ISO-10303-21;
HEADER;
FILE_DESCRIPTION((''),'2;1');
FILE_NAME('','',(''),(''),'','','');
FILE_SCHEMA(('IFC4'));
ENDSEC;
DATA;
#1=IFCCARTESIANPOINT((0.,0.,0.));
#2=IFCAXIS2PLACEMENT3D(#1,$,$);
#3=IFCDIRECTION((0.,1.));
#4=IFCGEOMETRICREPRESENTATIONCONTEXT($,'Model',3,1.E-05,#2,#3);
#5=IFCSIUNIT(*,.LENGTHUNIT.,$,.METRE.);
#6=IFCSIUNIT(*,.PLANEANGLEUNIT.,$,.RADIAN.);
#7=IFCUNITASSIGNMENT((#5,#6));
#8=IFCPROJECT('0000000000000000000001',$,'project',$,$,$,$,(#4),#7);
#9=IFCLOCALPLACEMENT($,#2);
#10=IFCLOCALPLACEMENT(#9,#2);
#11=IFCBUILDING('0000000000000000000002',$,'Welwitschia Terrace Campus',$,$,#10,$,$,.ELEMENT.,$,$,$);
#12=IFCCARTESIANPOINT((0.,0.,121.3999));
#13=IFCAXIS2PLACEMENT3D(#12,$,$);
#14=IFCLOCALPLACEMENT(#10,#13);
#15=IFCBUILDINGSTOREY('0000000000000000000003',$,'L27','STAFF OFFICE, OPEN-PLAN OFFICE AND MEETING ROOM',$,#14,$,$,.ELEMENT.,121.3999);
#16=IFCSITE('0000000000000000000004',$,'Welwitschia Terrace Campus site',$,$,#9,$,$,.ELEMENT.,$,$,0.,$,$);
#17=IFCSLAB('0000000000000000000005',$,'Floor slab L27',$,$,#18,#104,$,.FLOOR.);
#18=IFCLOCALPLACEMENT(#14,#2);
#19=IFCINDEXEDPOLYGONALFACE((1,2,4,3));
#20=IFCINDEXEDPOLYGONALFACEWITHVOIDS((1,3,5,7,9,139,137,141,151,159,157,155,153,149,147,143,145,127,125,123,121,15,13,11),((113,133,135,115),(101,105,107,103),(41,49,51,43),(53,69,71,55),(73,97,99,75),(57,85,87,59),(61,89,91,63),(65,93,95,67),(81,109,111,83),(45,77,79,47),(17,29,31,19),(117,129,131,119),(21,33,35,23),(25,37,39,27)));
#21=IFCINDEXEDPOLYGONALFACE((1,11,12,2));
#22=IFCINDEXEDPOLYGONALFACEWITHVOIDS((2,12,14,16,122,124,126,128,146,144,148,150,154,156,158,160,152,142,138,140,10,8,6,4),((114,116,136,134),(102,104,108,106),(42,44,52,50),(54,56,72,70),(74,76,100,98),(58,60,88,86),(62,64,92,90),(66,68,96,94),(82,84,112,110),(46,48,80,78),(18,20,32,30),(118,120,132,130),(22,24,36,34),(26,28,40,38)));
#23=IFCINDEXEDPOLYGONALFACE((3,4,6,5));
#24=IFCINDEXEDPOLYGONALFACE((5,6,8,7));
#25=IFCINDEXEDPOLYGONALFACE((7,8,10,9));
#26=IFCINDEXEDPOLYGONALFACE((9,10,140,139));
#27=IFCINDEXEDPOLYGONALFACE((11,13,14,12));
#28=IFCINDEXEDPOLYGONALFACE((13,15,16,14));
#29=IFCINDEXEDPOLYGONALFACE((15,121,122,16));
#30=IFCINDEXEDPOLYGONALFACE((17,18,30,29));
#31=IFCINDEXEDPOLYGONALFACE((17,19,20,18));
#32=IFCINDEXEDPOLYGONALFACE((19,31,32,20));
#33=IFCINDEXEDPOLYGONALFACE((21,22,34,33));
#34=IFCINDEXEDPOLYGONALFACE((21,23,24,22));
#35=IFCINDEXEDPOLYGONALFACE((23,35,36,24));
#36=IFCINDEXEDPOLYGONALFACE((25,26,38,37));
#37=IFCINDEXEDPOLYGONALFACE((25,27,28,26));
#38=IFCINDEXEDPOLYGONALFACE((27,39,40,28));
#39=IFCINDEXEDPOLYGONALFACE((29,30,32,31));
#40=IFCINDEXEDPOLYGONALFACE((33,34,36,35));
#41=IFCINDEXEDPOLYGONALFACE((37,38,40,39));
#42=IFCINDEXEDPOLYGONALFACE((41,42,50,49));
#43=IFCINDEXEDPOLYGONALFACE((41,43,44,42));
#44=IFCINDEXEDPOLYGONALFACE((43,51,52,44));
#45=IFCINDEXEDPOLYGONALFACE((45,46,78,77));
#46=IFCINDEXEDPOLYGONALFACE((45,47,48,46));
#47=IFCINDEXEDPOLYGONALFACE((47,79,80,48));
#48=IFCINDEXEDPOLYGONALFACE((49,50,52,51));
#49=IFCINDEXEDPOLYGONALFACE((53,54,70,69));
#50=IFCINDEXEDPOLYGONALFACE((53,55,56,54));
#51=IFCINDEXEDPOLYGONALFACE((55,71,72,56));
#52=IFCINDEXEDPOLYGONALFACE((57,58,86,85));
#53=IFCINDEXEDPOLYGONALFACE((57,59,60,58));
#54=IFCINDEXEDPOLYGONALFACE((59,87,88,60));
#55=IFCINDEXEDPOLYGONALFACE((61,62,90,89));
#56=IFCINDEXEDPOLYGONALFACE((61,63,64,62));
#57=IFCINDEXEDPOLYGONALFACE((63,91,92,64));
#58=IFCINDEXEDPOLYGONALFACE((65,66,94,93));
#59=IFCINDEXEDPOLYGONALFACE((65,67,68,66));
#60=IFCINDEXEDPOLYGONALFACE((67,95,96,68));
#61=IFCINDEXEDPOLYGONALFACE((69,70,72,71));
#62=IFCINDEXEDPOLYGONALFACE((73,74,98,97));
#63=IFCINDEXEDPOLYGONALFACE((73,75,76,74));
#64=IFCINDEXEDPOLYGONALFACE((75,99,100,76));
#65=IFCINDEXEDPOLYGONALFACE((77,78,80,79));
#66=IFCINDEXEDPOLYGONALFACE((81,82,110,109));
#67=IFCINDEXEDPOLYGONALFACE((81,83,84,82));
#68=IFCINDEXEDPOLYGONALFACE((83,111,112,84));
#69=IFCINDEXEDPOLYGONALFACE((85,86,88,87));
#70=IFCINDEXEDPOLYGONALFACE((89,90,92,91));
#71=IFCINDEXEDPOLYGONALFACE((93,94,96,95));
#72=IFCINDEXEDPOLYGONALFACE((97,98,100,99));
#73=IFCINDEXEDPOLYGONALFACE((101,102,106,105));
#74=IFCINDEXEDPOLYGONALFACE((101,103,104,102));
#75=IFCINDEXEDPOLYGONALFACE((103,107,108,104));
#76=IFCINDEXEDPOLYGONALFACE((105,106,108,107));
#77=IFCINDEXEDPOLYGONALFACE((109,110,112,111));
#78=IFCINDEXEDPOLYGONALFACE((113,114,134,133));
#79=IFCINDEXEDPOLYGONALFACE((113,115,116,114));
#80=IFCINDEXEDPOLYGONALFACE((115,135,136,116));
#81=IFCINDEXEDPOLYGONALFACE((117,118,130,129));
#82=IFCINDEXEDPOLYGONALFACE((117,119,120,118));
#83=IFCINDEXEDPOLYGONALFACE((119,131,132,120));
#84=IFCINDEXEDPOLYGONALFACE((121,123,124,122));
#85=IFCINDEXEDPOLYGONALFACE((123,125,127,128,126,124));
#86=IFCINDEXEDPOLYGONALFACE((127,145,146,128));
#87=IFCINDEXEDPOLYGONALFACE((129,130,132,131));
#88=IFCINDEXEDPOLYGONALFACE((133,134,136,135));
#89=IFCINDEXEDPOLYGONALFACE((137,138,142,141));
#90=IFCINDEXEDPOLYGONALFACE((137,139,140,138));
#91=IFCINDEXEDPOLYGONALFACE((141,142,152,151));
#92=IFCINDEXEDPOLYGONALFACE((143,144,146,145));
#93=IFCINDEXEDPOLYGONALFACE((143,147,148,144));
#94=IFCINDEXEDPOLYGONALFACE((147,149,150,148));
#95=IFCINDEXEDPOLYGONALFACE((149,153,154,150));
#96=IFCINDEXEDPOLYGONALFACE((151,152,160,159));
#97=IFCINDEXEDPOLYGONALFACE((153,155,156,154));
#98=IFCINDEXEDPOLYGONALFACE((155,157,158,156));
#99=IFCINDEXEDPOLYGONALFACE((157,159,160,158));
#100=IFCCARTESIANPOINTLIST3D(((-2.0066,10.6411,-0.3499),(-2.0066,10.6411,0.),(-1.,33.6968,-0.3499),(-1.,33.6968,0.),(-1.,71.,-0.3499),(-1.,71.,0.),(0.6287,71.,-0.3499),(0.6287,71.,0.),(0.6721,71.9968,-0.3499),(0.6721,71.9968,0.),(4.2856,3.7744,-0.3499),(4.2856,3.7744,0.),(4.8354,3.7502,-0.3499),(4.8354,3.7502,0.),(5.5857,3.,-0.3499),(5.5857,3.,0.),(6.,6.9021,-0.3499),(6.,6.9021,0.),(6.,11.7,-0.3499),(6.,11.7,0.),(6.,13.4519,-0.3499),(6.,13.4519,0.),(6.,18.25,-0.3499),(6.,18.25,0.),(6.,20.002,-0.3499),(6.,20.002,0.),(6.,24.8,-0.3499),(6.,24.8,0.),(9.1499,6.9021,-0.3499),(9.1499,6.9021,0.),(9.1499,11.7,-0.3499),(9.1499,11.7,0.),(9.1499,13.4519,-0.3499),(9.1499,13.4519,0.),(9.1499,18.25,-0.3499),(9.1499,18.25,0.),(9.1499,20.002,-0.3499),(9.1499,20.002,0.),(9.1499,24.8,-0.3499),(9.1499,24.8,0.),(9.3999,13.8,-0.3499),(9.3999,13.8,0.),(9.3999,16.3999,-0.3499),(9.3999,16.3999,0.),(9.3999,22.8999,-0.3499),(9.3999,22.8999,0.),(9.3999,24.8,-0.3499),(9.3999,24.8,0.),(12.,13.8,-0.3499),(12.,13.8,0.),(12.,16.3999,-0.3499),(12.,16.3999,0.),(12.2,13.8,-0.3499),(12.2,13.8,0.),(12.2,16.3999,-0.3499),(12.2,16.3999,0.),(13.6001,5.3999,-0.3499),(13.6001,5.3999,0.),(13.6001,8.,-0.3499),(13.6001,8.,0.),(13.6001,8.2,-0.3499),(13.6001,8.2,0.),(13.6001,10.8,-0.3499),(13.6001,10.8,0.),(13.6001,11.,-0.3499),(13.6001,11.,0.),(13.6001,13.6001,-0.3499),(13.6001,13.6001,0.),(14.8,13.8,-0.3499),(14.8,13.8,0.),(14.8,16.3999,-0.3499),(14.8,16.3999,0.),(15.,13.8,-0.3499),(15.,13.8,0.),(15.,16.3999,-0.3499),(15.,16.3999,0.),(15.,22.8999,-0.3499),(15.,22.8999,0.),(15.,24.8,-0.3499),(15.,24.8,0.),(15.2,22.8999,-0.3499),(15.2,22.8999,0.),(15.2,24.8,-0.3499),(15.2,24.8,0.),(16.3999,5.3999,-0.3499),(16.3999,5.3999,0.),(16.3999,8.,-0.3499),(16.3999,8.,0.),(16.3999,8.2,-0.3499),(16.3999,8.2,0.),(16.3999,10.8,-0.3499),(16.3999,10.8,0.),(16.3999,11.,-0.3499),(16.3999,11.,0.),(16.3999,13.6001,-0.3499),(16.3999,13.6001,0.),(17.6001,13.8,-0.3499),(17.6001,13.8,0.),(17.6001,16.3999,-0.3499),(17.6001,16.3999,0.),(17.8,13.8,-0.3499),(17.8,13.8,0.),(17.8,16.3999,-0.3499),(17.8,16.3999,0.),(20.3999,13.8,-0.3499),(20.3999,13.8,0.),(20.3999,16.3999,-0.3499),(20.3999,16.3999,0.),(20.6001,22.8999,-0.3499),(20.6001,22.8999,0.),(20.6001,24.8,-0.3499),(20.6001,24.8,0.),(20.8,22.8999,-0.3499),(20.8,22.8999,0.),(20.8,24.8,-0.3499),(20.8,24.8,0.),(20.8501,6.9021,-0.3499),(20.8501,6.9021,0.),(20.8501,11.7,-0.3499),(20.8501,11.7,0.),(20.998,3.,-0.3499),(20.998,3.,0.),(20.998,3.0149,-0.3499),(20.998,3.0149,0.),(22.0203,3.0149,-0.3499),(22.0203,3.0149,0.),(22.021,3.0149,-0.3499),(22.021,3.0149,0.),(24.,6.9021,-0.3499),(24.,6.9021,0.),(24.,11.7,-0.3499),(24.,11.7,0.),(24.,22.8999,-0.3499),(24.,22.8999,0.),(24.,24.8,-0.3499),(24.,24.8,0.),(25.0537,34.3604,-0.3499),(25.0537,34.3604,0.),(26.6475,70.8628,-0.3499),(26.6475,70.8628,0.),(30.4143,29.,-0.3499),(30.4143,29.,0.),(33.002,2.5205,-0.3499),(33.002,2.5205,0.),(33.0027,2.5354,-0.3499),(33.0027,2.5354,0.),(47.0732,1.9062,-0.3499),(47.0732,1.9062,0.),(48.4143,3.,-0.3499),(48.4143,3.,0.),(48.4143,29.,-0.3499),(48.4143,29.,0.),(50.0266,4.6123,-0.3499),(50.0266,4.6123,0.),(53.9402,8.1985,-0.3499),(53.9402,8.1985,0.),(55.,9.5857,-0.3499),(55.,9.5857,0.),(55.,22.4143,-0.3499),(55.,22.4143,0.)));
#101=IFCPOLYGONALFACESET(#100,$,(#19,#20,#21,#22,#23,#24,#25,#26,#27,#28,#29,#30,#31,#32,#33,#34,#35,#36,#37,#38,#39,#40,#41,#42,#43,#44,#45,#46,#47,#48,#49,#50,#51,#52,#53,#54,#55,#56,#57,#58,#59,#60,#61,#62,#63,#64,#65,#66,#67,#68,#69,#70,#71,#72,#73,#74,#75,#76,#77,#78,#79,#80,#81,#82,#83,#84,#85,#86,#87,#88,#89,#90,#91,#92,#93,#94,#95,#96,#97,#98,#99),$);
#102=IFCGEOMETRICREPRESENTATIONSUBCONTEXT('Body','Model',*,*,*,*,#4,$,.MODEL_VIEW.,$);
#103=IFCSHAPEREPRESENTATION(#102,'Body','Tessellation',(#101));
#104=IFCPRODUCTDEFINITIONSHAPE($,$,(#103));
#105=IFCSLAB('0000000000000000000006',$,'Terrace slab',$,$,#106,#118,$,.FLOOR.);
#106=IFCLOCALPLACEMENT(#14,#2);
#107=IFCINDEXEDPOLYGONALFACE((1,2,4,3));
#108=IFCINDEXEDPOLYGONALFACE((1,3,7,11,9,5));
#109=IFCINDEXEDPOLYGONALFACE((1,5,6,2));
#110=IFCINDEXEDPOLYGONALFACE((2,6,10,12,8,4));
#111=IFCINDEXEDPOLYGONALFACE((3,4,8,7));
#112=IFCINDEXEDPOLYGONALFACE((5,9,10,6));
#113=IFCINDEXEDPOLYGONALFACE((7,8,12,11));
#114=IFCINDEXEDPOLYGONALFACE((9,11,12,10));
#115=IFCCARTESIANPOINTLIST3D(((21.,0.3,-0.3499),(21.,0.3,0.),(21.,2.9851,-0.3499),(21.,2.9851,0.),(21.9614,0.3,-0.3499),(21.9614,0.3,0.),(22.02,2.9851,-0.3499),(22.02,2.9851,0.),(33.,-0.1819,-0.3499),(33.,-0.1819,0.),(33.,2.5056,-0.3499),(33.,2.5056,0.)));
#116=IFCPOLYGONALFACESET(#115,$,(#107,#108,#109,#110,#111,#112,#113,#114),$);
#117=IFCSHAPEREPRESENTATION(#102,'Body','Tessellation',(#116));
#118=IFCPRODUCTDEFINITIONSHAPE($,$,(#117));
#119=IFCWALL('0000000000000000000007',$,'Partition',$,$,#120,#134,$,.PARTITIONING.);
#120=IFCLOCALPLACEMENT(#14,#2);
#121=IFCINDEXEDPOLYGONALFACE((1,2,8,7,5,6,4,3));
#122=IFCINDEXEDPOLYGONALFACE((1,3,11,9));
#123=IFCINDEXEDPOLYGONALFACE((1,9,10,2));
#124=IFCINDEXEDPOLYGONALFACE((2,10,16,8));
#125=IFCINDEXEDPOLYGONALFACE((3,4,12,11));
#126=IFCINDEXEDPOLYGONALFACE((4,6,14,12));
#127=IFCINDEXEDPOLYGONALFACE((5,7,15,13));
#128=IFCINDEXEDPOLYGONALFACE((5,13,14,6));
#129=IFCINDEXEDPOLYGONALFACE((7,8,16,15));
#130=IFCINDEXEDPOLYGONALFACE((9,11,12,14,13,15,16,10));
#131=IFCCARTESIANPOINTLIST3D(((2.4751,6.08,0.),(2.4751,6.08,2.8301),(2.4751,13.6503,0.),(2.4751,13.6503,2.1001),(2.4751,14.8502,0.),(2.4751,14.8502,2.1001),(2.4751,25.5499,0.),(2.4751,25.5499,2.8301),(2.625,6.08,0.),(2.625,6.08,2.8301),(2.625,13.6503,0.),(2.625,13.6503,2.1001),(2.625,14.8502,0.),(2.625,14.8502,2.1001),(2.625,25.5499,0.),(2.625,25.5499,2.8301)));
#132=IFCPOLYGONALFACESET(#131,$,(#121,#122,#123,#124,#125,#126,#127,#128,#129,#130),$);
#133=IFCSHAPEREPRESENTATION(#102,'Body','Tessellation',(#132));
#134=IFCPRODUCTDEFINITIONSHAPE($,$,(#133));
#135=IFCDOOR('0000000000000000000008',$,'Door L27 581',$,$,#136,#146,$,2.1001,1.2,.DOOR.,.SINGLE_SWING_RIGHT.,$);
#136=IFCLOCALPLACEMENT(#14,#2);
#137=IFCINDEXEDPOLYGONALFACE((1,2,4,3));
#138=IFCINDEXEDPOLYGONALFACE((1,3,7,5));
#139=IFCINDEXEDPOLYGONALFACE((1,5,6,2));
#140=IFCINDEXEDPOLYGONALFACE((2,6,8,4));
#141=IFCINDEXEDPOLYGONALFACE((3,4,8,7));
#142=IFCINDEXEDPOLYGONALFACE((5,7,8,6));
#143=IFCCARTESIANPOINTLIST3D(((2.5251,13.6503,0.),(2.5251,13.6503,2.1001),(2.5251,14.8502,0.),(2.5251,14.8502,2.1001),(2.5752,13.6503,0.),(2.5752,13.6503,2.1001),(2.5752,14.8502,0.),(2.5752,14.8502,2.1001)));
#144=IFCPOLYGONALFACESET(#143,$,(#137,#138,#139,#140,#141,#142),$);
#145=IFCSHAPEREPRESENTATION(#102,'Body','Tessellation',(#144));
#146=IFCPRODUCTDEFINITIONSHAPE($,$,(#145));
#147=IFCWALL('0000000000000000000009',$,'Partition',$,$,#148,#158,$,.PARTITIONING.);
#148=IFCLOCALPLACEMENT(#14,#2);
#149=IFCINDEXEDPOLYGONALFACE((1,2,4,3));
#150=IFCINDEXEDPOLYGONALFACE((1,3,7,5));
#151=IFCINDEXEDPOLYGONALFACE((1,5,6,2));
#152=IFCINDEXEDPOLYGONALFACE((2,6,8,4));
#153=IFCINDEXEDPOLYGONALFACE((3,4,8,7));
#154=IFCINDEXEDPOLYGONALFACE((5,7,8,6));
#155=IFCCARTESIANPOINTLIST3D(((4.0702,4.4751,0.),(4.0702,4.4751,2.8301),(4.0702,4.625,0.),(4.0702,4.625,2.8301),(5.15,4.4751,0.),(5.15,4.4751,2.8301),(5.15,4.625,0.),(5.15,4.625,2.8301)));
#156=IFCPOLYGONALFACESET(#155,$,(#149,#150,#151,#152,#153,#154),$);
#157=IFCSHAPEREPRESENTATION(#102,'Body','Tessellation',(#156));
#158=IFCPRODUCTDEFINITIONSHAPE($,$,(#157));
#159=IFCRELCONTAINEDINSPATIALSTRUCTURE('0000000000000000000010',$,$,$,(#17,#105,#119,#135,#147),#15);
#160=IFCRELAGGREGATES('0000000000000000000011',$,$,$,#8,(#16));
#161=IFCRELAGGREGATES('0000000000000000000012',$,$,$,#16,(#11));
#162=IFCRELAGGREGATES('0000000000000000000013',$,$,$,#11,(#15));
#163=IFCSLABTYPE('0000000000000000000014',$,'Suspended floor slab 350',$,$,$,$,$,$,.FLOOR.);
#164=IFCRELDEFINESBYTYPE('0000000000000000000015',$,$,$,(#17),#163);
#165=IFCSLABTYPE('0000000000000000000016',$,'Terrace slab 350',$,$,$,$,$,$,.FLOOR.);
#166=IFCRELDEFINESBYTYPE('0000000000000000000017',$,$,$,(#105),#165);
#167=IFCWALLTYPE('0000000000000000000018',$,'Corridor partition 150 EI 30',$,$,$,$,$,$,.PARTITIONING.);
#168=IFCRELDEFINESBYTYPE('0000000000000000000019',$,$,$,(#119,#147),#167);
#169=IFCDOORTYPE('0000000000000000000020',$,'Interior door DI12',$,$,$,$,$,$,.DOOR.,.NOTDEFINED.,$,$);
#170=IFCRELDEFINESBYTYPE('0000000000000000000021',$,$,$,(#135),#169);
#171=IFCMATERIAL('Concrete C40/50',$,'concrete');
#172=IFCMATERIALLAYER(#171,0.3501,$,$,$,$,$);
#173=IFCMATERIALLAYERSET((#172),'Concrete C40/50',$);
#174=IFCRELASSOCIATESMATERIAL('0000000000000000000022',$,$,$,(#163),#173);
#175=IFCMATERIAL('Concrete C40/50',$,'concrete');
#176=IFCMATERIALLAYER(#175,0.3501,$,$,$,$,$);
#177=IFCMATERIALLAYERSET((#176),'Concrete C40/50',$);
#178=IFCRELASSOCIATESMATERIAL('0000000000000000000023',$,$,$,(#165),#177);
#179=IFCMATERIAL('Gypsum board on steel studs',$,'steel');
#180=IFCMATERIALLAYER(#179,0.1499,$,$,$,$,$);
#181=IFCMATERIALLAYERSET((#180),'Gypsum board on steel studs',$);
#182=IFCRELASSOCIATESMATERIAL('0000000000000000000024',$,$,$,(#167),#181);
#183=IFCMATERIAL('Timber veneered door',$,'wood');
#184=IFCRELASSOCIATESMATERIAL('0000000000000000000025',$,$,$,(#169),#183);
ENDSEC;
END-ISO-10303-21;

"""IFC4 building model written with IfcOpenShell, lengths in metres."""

from ifc_helpers import new_model, si_unit, direction, frame, frame_2d, origin, place, context, subcontext, project, spatial, polyline, rectangle, outline, extrude, material, layer, layer_set, type_object, element, fill, save


model = new_model("IFC4")

# Units and contexts
model_context = context("Model", 3, precision=1e-05, world=origin(), true_north=direction((0.0, 1.0)))
body_context = subcontext(model_context, "Body", "Model", "MODEL_VIEW")
ifc_project = project(units=[si_unit("LENGTHUNIT", "METRE"), si_unit("PLANEANGLEUNIT", "RADIAN")], contexts=[model_context])

# Site, building, storey
site_placement = place(None, origin())
site = spatial("IfcSite", under=ifc_project, at=site_placement, Name="Welwitschia Terrace Campus site", CompositionType="ELEMENT", RefElevation=0.0)
building_placement = place(site_placement, origin())
building = spatial("IfcBuilding", under=site, at=building_placement, Name="Welwitschia Terrace Campus", CompositionType="ELEMENT")
storey_placement = place(building_placement, frame((0.0, 0.0, 121.3999)))
storey = spatial("IfcBuildingStorey", under=building, at=storey_placement, Name="L27", Description="STAFF OFFICE, OPEN-PLAN OFFICE AND MEETING ROOM", CompositionType="ELEMENT", Elevation=121.3999)

# Slabs
ifc_material_1 = material(Name="Concrete C40/50", Category="concrete")
ifc_layer_1 = layer(ifc_material_1, 0.3501)
ifc_layer_set_1 = layer_set([ifc_layer_1], Name="Concrete C40/50")
slab_type_1 = type_object("IfcSlabType", Name="Suspended floor slab 350", PredefinedType="FLOOR", material=ifc_layer_set_1)
slab_1_placement = place(storey_placement, frame((0.0, 0.0, -0.3499)))
element("IfcSlab", 1, at=slab_1_placement, inside=storey, type_object=slab_type_1, Name="Floor slab L27", PredefinedType="FLOOR", context=body_context, shape_type="SweptSolid", body=[
    extrude(outline(polyline([(0.6287, 71.0), (0.6721, 71.9968), (26.6475, 70.8628), (25.0537, 34.3604), (30.4143, 29.0), (48.4143, 29.0), (55.0, 22.4143), (55.0, 9.5857), (53.9402, 8.1985), (50.0266, 4.6123), (48.4143, 3.0), (47.0732, 1.9062), (33.002, 2.5205), (33.0027, 2.5354), (22.021, 3.0149), (22.0203, 3.0149), (20.998, 3.0149), (20.998, 3.0), (5.5857, 3.0), (4.8354, 3.7502), (4.2856, 3.7744), (-2.0066, 10.6411), (-1.0, 33.6968), (-1.0, 71.0), (0.6287, 71.0)]), holes=[polyline([(13.6001, 5.3999), (16.3999, 5.3999), (16.3999, 8.0), (13.6001, 8.0), (13.6001, 5.3999)]), polyline([(6.0, 11.7), (6.0, 6.9021), (9.1499, 6.9021), (9.1499, 11.7), (6.0, 11.7)]), polyline([(9.3999, 16.3999), (9.3999, 13.8), (12.0, 13.8), (12.0, 16.3999), (9.3999, 16.3999)]), polyline([(12.2, 16.3999), (12.2, 13.8), (14.8, 13.8), (14.8, 16.3999), (12.2, 16.3999)]), polyline([(6.0, 18.25), (6.0, 13.4519), (9.1499, 13.4519), (9.1499, 18.25), (6.0, 18.25)]), polyline([(6.0, 24.8), (6.0, 20.002), (9.1499, 20.002), (9.1499, 24.8), (6.0, 24.8)]), polyline([(9.3999, 24.8), (9.3999, 22.8999), (15.0, 22.8999), (15.0, 24.8), (9.3999, 24.8)]), polyline([(20.8501, 6.9021), (24.0, 6.9021), (24.0, 11.7), (20.8501, 11.7), (20.8501, 6.9021)]), polyline([(13.6001, 10.8), (13.6001, 8.2), (16.3999, 8.2), (16.3999, 10.8), (13.6001, 10.8)]), polyline([(13.6001, 13.6001), (13.6001, 11.0), (16.3999, 11.0), (16.3999, 13.6001), (13.6001, 13.6001)]), polyline([(15.0, 16.3999), (15.0, 13.8), (17.6001, 13.8), (17.6001, 16.3999), (15.0, 16.3999)]), polyline([(17.8, 16.3999), (17.8, 13.8), (20.3999, 13.8), (20.3999, 16.3999), (17.8, 16.3999)]), polyline([(15.2, 24.8), (15.2, 22.8999), (20.6001, 22.8999), (20.6001, 24.8), (15.2, 24.8)]), polyline([(20.8, 24.8), (20.8, 22.8999), (24.0, 22.8999), (24.0, 24.8), (20.8, 24.8)])]), origin(), (0.0, 0.0, 1.0), 0.3499),
])
ifc_material_2 = material(Name="Concrete C40/50", Category="concrete")
ifc_layer_2 = layer(ifc_material_2, 0.3501)
ifc_layer_set_2 = layer_set([ifc_layer_2], Name="Concrete C40/50")
slab_type_2 = type_object("IfcSlabType", Name="Terrace slab 350", PredefinedType="FLOOR", material=ifc_layer_set_2)
slab_2_placement = place(storey_placement, frame((0.0, 0.0, -0.3499)))
element("IfcSlab", 2, at=slab_2_placement, inside=storey, type_object=slab_type_2, Name="Terrace slab", PredefinedType="FLOOR", context=body_context, shape_type="SweptSolid", body=[
    extrude(outline(polyline([(33.0, -0.1819), (21.9614, 0.3), (21.0, 0.3), (21.0, 2.9851), (22.02, 2.9851), (33.0, 2.5056), (33.0, -0.1819)])), origin(), (0.0, 0.0, 1.0), 0.3499),
])

# Wall, opening, door
ifc_material_3 = material(Name="Gypsum board on steel studs", Category="steel")
ifc_layer_3 = layer(ifc_material_3, 0.1499)
ifc_layer_set_3 = layer_set([ifc_layer_3], Name="Gypsum board on steel studs")
wall_type = type_object("IfcWallType", Name="Corridor partition 150 EI 30", PredefinedType="PARTITIONING", material=ifc_layer_set_3)
wall_1_placement = place(storey_placement, frame((2.55, 6.0801, 0.0), z_axis=(0.0, 0.0, 1.0), x_axis=(0.0, 1.0, 0.0)))
wall_1 = element("IfcWall", 3, at=wall_1_placement, inside=storey, type_object=wall_type, Name="Partition", PredefinedType="PARTITIONING", context=body_context, shape_type="SweptSolid", body=[
    extrude(rectangle(XDim=19.47, YDim=0.1499, at=frame_2d((9.7349, 0.0))), origin(), (0.0, 0.0, 1.0), 2.8301),
])
opening_placement = place(wall_1_placement, frame((7.5701, 0.0, 0.0)))
opening = element("IfcOpeningElement", 4, at=opening_placement, cuts=wall_1, PredefinedType="OPENING", context=body_context, shape_type="SweptSolid", body=[
    extrude(rectangle(XDim=1.2, YDim=2.1001, at=frame_2d((0.6001, 1.05))), frame((0.0, 0.085, 0.0), z_axis=(0.0, -1.0, 0.0), x_axis=(1.0, 0.0, 0.0)), (0.0, 0.0, 1.0), 0.1699),
])
ifc_material_4 = material(Name="Timber veneered door", Category="wood")
door_type = type_object("IfcDoorType", Name="Interior door DI12", OperationType="NOTDEFINED", PredefinedType="DOOR", material=ifc_material_4)
door_placement = place(opening_placement, origin())
door = element("IfcDoor", 5, at=door_placement, inside=storey, type_object=door_type, Name="Door L27 581", OperationType="SINGLE_SWING_RIGHT", OverallHeight=2.1001, OverallWidth=1.2, PredefinedType="DOOR", context=body_context, shape_type="SweptSolid", body=[
    extrude(rectangle(XDim=1.2, YDim=2.1001, at=frame_2d((0.6001, 1.05))), frame((0.0, 0.0249, 0.0), z_axis=(0.0, -1.0, 0.0), x_axis=(1.0, 0.0, 0.0)), (0.0, 0.0, 1.0), 0.05),
])
fill(opening, door)

# Wall
wall_2_placement = place(storey_placement, frame((4.0701, 4.55, 0.0), z_axis=(0.0, 0.0, 1.0), x_axis=(1.0, 0.0, 0.0)))
element("IfcWall", 6, at=wall_2_placement, inside=storey, type_object=wall_type, Name="Partition", PredefinedType="PARTITIONING", context=body_context, shape_type="SweptSolid", body=[
    extrude(rectangle(XDim=1.0798, YDim=0.1499, at=frame_2d((0.54, 0.0))), origin(), (0.0, 0.0, 1.0), 2.8301),
])

save(model, "model.ifc")
